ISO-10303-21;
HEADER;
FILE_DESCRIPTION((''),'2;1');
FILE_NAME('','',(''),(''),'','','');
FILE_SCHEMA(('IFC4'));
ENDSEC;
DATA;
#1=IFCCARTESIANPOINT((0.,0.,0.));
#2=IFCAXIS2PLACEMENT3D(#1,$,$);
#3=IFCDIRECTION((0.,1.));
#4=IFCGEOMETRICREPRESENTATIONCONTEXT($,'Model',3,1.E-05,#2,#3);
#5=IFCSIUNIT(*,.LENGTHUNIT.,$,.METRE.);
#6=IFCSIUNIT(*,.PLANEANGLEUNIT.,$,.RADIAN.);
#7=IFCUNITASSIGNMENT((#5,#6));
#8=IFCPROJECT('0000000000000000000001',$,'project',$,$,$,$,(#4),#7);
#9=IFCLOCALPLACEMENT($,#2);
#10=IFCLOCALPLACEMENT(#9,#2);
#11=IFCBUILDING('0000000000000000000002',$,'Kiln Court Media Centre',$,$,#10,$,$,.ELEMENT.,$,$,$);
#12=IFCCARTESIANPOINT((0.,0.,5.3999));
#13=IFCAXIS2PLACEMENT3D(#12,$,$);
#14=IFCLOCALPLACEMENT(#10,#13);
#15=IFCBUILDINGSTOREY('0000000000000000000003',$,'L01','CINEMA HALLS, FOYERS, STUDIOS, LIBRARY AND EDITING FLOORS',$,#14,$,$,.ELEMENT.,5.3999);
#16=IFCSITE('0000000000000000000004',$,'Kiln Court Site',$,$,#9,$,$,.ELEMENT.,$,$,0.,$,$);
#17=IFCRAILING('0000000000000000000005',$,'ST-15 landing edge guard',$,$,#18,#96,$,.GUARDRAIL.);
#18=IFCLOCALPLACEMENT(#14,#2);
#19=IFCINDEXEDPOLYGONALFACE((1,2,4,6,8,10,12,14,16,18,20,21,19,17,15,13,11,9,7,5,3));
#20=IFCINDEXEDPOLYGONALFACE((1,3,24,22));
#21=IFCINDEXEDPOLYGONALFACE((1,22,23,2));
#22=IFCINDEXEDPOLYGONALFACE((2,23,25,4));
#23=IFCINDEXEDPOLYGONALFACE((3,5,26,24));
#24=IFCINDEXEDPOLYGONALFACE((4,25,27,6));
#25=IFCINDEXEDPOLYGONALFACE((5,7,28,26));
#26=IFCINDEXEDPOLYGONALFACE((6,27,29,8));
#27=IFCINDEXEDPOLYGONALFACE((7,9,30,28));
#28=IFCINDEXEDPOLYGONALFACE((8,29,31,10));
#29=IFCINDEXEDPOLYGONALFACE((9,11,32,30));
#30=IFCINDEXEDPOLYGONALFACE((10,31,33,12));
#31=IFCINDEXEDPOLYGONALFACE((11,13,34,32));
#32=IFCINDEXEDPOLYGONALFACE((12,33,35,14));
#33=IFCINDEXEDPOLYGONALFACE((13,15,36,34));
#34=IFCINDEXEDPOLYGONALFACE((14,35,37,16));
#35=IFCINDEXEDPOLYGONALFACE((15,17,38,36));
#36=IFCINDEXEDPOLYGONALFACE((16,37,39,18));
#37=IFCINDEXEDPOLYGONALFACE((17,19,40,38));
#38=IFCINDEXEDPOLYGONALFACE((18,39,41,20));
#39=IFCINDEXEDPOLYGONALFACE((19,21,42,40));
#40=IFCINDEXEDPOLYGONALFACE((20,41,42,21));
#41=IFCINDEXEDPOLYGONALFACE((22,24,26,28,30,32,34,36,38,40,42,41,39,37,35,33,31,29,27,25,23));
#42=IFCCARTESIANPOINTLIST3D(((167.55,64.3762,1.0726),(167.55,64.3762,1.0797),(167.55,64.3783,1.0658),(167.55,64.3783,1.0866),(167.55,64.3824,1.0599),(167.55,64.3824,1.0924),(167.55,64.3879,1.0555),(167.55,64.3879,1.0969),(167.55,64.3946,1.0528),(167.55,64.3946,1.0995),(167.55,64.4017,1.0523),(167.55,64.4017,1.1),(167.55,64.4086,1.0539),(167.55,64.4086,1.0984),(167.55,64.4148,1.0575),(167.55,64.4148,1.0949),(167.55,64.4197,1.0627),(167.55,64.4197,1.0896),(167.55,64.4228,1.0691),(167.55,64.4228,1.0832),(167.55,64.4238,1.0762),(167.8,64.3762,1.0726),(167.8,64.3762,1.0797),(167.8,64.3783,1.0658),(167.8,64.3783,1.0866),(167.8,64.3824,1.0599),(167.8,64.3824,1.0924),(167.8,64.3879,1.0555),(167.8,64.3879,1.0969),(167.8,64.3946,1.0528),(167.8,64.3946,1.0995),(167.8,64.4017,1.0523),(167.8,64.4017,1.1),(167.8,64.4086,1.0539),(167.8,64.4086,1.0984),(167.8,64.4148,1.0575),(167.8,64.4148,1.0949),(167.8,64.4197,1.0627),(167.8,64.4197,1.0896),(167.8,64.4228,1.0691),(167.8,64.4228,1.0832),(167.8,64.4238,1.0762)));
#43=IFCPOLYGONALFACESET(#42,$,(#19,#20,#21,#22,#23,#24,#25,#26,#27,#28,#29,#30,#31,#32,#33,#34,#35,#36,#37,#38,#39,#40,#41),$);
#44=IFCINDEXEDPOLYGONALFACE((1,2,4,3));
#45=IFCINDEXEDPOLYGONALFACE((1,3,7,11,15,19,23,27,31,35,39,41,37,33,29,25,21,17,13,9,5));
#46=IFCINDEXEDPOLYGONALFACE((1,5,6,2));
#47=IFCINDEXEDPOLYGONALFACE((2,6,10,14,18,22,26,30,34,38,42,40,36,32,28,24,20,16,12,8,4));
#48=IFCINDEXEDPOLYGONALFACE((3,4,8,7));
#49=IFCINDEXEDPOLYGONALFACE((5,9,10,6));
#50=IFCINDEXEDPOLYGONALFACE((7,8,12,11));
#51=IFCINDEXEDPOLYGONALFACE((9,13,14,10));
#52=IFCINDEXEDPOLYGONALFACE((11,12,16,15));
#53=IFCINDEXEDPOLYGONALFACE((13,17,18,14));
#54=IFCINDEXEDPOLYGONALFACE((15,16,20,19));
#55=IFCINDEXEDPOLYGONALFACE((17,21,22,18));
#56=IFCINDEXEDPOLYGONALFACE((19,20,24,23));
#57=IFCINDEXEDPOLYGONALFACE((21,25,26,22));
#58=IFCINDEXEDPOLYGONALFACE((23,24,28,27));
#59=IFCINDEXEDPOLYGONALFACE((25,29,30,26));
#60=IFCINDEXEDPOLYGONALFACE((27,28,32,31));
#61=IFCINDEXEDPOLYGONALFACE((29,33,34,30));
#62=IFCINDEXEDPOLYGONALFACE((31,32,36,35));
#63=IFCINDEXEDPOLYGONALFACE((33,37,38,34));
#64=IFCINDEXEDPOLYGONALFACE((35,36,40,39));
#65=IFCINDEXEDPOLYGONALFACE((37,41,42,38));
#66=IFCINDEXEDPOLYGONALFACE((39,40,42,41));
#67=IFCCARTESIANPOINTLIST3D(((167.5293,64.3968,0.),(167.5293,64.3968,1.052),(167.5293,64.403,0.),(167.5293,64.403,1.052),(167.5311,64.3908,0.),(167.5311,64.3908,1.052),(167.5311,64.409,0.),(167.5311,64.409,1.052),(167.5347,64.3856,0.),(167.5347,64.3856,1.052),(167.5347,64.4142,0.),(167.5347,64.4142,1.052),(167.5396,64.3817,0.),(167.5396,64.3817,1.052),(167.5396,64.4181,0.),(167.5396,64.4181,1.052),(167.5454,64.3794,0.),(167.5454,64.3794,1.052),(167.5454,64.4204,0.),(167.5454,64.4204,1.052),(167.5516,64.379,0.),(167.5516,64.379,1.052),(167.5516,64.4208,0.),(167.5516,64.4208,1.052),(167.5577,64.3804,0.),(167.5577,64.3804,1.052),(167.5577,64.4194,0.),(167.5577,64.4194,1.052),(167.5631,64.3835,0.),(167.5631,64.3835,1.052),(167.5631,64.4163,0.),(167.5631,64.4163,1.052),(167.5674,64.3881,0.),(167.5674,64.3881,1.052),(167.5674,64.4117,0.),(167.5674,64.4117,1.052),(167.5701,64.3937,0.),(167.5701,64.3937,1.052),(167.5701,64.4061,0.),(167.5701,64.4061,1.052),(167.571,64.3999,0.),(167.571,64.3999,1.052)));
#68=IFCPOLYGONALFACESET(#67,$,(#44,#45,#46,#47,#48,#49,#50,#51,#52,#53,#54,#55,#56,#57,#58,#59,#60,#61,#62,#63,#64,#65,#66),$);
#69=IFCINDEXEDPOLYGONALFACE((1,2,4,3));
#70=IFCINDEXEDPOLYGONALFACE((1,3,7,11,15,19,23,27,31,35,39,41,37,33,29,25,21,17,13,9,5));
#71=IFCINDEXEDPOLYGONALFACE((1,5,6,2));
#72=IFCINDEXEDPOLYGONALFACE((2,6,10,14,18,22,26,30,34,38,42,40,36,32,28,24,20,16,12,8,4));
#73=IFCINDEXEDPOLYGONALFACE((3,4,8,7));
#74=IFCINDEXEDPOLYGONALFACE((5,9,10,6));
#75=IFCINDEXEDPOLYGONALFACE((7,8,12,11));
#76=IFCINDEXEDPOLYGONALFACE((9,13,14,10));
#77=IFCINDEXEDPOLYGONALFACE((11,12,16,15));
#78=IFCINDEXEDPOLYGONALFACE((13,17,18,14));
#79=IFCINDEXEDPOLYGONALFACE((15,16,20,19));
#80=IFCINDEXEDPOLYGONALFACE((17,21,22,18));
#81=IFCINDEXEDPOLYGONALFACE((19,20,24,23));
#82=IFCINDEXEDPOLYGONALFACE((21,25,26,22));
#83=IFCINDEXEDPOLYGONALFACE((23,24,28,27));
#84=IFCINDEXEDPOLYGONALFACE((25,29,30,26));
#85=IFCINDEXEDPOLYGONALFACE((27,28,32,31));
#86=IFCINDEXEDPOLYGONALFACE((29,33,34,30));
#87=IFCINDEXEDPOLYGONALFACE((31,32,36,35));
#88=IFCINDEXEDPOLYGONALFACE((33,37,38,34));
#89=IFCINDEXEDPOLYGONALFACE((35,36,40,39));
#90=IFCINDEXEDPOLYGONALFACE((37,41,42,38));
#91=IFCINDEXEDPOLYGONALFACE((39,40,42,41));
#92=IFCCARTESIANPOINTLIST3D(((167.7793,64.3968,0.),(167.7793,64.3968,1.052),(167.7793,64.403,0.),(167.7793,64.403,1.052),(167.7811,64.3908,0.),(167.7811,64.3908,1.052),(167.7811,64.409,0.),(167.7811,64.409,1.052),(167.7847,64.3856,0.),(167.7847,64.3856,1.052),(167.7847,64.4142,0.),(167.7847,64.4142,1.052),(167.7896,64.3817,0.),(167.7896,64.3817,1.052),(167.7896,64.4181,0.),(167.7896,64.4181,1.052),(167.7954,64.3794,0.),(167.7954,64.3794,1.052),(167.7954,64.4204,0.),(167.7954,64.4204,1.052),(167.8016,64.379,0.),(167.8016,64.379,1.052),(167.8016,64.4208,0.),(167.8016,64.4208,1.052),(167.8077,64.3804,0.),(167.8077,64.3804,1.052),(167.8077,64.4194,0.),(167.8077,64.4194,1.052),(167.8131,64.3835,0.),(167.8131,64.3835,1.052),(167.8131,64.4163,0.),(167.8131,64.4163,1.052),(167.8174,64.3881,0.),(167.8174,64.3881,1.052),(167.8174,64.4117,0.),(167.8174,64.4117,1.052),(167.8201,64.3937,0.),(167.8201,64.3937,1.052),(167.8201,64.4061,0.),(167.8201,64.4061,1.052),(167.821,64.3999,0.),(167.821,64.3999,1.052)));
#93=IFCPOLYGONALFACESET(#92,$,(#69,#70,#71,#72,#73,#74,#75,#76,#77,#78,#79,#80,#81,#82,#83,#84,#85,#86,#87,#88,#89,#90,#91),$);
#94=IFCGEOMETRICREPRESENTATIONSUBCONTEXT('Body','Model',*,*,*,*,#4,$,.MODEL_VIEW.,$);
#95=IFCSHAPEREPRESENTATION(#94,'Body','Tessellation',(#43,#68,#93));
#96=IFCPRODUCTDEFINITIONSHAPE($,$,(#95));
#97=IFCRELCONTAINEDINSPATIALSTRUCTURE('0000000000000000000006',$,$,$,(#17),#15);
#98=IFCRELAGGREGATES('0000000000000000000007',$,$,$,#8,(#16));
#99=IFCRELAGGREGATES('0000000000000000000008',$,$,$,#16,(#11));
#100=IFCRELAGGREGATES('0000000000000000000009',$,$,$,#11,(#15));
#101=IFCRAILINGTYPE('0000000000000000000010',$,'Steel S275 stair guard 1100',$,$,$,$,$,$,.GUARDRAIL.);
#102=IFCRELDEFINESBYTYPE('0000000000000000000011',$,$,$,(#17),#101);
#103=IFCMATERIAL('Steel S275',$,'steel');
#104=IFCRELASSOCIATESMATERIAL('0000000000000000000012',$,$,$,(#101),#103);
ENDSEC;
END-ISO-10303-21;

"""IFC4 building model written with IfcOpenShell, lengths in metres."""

from ifc_helpers import new_model, si_unit, direction, frame, origin, origin_2d, place, context, subcontext, project, spatial, circle, extrude, material, type_object, element, save


model = new_model("IFC4")

# Units and contexts
model_context = context("Model", 3, precision=1e-05, world=origin(), true_north=direction((0.0, 1.0)))
body_context = subcontext(model_context, "Body", "Model", "MODEL_VIEW")
ifc_project = project(units=[si_unit("LENGTHUNIT", "METRE"), si_unit("PLANEANGLEUNIT", "RADIAN")], contexts=[model_context])

# Site, building, storey
site_placement = place(None, origin())
site = spatial("IfcSite", under=ifc_project, at=site_placement, Name="Kiln Court Site", CompositionType="ELEMENT", RefElevation=0.0)
building_placement = place(site_placement, origin())
building = spatial("IfcBuilding", under=site, at=building_placement, Name="Kiln Court Media Centre", CompositionType="ELEMENT")
storey_placement = place(building_placement, frame((0.0, 0.0, 5.3999)))
storey = spatial("IfcBuildingStorey", under=building, at=storey_placement, Name="L01", Description="CINEMA HALLS, FOYERS, STUDIOS, LIBRARY AND EDITING FLOORS", CompositionType="ELEMENT", Elevation=5.3999)

# Railing
ifc_material_1 = material(Name="Steel S275", Category="steel")
railing_type_1 = type_object("IfcRailingType", Name="Steel S275 stair guard 1100", PredefinedType="GUARDRAIL", material=ifc_material_1)
for number, where, name in (
    (1, (167.55, 64.3999, 0.0), "ST-15 landing edge guard"),
):
    element("IfcRailing", number, at=place(storey_placement, frame(where)), inside=storey, type_object=railing_type_1, Name=name, PredefinedType="GUARDRAIL", context=body_context, shape_type="SweptSolid", body=[
        extrude(circle(Radius=0.0239, at=origin_2d()), frame((0.0, 0.0, 1.0762), z_axis=(1.0, 0.0, 0.0), x_axis=(0.0, 1.0, 0.0)), (0.0, 0.0, 1.0), 0.25),
        extrude(circle(Radius=0.021, at=origin_2d()), origin(), (0.0, 0.0, 1.0), 1.052),
        extrude(circle(Radius=0.021, at=origin_2d()), frame((0.25, 0.0, 0.0)), (0.0, 0.0, 1.0), 1.052),
    ])

save(model, "model.ifc")
